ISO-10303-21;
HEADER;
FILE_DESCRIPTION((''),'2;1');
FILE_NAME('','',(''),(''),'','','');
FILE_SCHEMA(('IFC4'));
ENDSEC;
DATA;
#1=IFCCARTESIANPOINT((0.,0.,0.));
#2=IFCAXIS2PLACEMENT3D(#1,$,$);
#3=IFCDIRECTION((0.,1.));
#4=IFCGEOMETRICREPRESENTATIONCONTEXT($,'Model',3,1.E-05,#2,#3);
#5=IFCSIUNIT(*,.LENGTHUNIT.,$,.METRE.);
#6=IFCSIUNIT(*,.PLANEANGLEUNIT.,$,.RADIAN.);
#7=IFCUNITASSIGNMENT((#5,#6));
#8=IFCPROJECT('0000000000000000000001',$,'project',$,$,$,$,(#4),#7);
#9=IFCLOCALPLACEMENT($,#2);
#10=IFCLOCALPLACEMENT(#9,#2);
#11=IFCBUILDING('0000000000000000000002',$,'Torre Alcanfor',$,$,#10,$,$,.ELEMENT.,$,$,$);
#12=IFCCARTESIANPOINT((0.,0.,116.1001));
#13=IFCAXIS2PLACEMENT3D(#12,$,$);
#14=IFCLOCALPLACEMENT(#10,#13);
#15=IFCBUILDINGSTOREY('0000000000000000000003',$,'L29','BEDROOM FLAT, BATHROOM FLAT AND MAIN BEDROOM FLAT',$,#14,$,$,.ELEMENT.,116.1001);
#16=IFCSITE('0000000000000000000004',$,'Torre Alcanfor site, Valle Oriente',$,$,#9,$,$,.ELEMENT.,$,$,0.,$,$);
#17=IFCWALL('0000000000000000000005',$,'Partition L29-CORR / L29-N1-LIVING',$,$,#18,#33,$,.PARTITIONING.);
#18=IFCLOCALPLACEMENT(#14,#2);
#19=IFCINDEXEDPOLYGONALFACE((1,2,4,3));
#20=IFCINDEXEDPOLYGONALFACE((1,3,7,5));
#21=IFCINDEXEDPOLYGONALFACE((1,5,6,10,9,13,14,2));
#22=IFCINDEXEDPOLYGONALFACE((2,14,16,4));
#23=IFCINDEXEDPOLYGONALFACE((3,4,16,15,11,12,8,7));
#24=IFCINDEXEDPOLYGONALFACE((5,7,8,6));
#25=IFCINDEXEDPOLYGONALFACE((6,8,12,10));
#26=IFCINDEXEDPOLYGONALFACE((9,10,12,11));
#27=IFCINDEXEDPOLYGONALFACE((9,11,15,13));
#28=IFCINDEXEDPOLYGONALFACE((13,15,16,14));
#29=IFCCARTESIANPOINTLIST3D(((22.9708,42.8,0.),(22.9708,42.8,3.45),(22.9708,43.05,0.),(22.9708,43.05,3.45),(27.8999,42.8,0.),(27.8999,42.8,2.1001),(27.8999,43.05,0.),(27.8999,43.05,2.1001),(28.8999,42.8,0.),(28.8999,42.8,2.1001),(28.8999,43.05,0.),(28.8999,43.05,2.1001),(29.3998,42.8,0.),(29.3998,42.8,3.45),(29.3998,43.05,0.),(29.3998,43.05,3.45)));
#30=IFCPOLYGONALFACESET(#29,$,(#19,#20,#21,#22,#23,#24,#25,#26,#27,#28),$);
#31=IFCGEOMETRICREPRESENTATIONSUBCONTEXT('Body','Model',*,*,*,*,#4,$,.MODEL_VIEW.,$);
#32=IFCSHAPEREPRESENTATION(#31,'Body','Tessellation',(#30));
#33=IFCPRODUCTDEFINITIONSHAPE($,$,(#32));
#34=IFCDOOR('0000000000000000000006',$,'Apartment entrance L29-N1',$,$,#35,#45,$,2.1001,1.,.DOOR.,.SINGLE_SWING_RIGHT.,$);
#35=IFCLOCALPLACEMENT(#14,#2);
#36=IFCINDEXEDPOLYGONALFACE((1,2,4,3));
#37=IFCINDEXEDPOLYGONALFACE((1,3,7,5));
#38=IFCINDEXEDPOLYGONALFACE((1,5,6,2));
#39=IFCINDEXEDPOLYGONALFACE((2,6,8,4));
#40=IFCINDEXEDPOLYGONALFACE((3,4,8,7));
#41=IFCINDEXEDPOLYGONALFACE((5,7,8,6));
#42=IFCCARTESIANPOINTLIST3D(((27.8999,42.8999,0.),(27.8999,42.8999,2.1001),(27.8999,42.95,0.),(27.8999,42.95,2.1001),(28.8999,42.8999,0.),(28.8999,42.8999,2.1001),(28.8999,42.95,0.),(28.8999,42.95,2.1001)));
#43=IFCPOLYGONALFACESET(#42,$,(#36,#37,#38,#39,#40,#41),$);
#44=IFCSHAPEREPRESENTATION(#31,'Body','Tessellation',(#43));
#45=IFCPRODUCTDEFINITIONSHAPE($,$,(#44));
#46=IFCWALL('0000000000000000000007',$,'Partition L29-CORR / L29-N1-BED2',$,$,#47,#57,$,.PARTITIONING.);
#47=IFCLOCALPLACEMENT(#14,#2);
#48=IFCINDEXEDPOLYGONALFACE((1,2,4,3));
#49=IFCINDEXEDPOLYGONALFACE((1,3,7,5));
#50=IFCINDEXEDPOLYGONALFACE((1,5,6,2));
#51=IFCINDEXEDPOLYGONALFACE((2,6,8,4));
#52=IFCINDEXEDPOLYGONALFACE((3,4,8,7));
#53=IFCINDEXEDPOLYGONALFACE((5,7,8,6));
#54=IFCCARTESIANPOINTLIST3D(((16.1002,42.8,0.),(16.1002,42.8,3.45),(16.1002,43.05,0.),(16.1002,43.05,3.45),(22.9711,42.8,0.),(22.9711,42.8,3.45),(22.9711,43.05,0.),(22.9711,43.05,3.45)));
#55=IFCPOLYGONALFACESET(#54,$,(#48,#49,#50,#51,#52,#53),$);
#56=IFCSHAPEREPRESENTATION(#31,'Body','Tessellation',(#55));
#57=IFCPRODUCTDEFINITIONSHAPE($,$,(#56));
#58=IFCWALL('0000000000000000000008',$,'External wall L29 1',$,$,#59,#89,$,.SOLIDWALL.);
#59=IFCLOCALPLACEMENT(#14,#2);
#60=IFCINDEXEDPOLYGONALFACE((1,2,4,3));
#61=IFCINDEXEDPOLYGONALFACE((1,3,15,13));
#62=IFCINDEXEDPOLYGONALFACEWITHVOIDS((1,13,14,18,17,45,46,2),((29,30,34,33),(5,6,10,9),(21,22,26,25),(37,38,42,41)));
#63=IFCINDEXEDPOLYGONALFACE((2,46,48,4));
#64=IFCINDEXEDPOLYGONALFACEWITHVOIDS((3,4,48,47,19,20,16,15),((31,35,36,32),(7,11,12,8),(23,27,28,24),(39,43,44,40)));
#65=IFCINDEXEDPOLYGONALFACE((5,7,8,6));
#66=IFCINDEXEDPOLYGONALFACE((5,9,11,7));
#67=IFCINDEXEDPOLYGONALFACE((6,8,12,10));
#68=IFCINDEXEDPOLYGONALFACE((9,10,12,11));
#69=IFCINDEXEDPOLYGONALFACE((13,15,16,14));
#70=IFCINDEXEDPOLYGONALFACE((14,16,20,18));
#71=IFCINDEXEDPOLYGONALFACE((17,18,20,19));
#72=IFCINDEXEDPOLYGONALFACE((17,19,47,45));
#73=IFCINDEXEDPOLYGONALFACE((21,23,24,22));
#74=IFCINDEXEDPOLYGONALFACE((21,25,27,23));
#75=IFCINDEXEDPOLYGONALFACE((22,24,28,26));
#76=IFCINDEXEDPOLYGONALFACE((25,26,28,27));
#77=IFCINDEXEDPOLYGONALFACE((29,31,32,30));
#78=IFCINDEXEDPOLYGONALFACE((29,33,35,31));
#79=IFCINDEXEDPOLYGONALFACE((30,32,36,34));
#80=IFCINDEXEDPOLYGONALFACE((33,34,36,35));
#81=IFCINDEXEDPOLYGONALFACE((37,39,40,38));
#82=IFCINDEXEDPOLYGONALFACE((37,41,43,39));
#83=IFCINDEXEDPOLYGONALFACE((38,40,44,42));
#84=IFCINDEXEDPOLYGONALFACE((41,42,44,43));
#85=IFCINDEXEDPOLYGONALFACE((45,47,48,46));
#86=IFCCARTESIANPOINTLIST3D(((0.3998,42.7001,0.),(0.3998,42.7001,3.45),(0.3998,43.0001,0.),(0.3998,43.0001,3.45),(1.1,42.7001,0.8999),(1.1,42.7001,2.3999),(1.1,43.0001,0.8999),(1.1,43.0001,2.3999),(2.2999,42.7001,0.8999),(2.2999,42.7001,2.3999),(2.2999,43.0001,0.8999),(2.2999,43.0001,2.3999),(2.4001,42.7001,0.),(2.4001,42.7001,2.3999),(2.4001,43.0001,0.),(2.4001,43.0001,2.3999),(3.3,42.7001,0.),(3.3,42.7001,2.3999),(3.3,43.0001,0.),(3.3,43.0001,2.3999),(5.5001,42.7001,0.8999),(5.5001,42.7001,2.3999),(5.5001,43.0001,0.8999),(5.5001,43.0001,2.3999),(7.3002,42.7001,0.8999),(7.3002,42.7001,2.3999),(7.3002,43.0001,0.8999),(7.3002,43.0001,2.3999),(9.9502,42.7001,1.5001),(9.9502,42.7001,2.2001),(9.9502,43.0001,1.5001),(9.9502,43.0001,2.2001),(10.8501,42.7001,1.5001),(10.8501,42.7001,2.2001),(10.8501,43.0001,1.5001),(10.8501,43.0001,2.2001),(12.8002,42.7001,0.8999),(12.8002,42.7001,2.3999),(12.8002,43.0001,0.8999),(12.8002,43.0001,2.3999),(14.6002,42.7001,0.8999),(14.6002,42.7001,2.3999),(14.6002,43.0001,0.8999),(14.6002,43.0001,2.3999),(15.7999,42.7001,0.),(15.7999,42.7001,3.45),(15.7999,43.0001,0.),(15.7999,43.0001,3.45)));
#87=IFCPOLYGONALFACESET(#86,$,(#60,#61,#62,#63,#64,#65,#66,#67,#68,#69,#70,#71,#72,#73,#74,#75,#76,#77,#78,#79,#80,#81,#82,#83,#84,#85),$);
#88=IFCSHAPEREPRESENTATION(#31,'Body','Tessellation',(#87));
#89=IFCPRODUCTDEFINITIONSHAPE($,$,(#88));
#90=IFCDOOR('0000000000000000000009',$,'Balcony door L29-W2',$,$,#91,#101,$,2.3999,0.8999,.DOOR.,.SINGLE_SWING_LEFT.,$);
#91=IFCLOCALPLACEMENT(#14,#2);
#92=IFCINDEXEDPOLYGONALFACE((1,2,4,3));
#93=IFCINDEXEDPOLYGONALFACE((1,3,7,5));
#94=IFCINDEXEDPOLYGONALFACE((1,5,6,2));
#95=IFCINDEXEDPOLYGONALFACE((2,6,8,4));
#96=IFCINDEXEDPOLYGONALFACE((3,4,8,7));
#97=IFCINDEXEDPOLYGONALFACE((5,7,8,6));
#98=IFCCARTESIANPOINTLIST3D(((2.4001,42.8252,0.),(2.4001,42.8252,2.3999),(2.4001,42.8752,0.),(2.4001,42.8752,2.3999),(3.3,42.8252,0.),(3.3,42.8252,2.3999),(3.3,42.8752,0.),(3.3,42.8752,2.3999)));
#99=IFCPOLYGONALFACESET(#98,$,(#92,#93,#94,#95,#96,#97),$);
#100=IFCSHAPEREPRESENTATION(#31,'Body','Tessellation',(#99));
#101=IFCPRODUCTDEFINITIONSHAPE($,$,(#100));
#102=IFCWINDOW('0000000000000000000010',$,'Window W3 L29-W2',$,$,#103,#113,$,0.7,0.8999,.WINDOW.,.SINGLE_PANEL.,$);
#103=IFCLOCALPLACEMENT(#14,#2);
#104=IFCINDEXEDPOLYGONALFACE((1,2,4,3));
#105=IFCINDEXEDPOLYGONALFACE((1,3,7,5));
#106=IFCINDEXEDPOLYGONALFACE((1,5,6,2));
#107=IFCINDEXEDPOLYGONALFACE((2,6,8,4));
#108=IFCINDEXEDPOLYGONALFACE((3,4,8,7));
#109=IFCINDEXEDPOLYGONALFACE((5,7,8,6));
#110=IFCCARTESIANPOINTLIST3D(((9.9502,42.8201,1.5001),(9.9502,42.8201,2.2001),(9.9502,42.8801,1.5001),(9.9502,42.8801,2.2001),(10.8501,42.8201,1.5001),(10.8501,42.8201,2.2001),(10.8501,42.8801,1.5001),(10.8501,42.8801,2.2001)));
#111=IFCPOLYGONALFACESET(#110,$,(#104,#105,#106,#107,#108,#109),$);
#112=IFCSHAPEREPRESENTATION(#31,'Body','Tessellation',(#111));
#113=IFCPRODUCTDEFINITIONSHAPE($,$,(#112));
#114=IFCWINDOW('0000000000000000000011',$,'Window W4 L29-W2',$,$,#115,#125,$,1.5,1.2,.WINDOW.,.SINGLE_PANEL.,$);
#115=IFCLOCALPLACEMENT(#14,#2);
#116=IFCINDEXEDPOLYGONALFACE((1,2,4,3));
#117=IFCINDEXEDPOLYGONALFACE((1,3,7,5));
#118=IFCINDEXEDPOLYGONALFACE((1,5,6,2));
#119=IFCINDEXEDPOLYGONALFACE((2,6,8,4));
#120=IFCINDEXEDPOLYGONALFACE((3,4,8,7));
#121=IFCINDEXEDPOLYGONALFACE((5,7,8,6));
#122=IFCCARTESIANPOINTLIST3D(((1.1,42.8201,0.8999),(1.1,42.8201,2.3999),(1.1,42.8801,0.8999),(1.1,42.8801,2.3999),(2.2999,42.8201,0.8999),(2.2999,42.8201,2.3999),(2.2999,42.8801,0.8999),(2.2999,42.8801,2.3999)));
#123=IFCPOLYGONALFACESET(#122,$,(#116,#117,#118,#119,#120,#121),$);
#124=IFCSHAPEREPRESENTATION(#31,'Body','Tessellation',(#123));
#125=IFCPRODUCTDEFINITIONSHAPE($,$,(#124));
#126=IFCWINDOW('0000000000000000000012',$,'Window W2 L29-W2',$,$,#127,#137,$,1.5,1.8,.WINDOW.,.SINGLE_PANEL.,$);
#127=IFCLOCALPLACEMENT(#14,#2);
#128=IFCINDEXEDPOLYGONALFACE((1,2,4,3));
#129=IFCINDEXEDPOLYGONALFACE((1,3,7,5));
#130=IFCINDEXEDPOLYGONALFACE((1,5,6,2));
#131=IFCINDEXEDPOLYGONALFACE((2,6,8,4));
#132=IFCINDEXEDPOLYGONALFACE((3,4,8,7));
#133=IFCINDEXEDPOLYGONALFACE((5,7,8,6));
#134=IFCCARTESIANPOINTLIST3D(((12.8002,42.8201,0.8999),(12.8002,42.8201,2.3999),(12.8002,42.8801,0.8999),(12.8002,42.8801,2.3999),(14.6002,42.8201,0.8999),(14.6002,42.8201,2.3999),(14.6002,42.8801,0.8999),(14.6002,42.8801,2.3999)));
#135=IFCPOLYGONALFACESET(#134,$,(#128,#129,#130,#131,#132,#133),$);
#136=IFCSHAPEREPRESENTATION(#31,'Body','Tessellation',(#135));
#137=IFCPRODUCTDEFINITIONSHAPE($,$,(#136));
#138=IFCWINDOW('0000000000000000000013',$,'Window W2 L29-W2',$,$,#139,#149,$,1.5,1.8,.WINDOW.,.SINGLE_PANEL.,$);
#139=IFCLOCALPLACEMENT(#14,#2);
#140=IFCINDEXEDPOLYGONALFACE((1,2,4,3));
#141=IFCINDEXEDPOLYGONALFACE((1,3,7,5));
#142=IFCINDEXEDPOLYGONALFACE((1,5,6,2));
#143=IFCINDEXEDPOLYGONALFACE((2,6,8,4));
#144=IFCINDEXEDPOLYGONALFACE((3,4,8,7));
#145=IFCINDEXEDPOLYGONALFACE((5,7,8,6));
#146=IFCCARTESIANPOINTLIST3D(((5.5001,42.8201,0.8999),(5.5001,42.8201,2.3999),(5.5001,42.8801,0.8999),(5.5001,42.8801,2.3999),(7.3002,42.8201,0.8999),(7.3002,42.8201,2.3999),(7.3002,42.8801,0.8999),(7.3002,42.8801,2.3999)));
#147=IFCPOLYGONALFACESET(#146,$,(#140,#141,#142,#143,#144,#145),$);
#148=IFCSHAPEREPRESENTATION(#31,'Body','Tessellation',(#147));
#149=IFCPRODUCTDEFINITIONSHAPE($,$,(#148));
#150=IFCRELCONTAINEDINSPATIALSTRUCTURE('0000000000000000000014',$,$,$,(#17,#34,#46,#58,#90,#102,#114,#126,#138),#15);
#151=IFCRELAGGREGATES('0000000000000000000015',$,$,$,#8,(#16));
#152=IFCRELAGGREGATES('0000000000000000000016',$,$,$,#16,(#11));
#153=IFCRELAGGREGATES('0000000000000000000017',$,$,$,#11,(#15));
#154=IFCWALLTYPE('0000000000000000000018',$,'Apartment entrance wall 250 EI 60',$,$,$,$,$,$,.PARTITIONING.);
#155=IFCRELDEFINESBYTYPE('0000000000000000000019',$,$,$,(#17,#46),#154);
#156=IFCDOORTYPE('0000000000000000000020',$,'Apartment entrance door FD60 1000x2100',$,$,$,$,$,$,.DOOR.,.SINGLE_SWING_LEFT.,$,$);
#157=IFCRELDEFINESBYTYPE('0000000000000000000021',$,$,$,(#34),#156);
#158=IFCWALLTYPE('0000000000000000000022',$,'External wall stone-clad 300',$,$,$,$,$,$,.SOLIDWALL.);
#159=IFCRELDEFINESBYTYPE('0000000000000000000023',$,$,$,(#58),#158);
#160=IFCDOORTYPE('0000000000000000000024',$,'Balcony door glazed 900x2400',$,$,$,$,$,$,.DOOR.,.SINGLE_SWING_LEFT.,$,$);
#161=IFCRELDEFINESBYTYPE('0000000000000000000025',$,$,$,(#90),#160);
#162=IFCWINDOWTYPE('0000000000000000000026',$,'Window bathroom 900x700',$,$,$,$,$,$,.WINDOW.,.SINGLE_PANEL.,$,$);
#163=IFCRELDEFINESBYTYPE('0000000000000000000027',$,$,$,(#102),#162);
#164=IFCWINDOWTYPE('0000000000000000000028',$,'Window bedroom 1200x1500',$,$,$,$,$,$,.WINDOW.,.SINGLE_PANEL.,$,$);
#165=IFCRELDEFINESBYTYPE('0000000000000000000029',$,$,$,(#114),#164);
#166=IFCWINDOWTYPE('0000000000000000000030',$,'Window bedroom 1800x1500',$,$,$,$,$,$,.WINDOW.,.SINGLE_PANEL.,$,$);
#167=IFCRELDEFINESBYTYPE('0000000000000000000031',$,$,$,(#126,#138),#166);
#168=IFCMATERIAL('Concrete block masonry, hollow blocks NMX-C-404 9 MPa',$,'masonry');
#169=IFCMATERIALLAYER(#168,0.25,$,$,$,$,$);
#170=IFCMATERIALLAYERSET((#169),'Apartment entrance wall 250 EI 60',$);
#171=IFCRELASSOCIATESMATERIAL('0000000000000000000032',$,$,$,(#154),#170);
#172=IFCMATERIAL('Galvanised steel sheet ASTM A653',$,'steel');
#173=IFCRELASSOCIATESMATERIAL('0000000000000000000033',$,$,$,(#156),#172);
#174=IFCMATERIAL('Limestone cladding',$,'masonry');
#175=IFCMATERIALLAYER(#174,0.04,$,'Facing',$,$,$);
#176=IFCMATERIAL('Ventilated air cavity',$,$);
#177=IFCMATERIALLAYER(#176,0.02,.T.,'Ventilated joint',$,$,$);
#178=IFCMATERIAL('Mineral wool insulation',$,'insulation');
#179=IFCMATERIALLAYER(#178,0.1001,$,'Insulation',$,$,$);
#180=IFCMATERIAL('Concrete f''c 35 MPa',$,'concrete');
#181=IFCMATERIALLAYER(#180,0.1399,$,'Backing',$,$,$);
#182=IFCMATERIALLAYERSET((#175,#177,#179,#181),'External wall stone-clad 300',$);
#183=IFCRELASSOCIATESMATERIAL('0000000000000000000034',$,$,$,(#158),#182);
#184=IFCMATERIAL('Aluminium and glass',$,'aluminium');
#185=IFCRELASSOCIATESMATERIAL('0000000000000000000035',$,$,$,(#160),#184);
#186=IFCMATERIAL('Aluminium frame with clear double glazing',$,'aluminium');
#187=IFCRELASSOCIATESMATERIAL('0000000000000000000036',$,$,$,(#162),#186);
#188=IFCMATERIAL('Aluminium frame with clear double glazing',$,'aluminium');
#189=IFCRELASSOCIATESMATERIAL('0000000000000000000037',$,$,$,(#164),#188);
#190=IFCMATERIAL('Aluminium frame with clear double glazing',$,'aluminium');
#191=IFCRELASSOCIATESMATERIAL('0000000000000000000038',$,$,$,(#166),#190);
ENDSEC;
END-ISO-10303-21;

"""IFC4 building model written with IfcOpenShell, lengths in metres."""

from ifc_helpers import new_model, si_unit, direction, frame, frame_2d, origin, place, context, subcontext, project, spatial, rectangle, extrude, material, layer, layer_set, type_object, element, fill, save


model = new_model("IFC4")

# Units and contexts
model_context = context("Model", 3, precision=1e-05, world=origin(), true_north=direction((0.0, 1.0)))
body_context = subcontext(model_context, "Body", "Model", "MODEL_VIEW")
ifc_project = project(units=[si_unit("LENGTHUNIT", "METRE"), si_unit("PLANEANGLEUNIT", "RADIAN")], contexts=[model_context])

# Site, building, storey
site_placement = place(None, origin())
site = spatial("IfcSite", under=ifc_project, at=site_placement, Name="Torre Alcanfor site, Valle Oriente", CompositionType="ELEMENT", RefElevation=0.0)
building_placement = place(site_placement, origin())
building = spatial("IfcBuilding", under=site, at=building_placement, Name="Torre Alcanfor", CompositionType="ELEMENT")
storey_placement = place(building_placement, frame((0.0, 0.0, 116.1001)))
storey = spatial("IfcBuildingStorey", under=building, at=storey_placement, Name="L29", Description="BEDROOM FLAT, BATHROOM FLAT AND MAIN BEDROOM FLAT", CompositionType="ELEMENT", Elevation=116.1001)

# Wall, opening, door
ifc_material_1 = material(Name="Concrete block masonry, hollow blocks NMX-C-404 9 MPa", Category="masonry")
ifc_layer_1 = layer(ifc_material_1, 0.25)
ifc_layer_set_1 = layer_set([ifc_layer_1], Name="Apartment entrance wall 250 EI 60")
wall_type_1 = type_object("IfcWallType", Name="Apartment entrance wall 250 EI 60", PredefinedType="PARTITIONING", material=ifc_layer_set_1)
wall_1_placement = place(storey_placement, frame((22.9709, 42.925, 0.0), z_axis=(0.0, 0.0, 1.0), x_axis=(1.0, 0.0, 0.0)))
wall_1 = element("IfcWall", 1, at=wall_1_placement, inside=storey, type_object=wall_type_1, Name="Partition L29-CORR / L29-N1-LIVING", PredefinedType="PARTITIONING", context=body_context, shape_type="SweptSolid", body=[
    extrude(rectangle(XDim=6.429, YDim=0.25, at=frame_2d((3.2144, 0.0))), origin(), (0.0, 0.0, 1.0), 3.45),
])
opening_1_placement = place(wall_1_placement, frame((4.929, 0.0, 0.0)))
opening_1 = element("IfcOpeningElement", 2, at=opening_1_placement, cuts=wall_1, PredefinedType="OPENING", context=body_context, shape_type="SweptSolid", body=[
    extrude(rectangle(XDim=1.0, YDim=2.1001, at=frame_2d((0.5, 1.05))), frame((0.0, 0.135, 0.0), z_axis=(0.0, -1.0, 0.0), x_axis=(1.0, 0.0, 0.0)), (0.0, 0.0, 1.0), 0.27),
])
ifc_material_2 = material(Name="Galvanised steel sheet ASTM A653", Category="steel")
door_type_1 = type_object("IfcDoorType", Name="Apartment entrance door FD60 1000x2100", OperationType="SINGLE_SWING_LEFT", PredefinedType="DOOR", material=ifc_material_2)
door_1_placement = place(opening_1_placement, origin())
door_1 = element("IfcDoor", 3, at=door_1_placement, inside=storey, type_object=door_type_1, Name="Apartment entrance L29-N1", OperationType="SINGLE_SWING_RIGHT", OverallHeight=2.1001, OverallWidth=1.0, PredefinedType="DOOR", context=body_context, shape_type="SweptSolid", body=[
    extrude(rectangle(XDim=1.0, YDim=2.1001, at=frame_2d((0.5, 1.05))), frame((0.0, 0.0249, 0.0), z_axis=(0.0, -1.0, 0.0), x_axis=(1.0, 0.0, 0.0)), (0.0, 0.0, 1.0), 0.05),
])
fill(opening_1, door_1)

# Wall
wall_2_placement = place(storey_placement, frame((16.1001, 42.925, 0.0), z_axis=(0.0, 0.0, 1.0), x_axis=(1.0, 0.0, 0.0)))
element("IfcWall", 4, at=wall_2_placement, inside=storey, type_object=wall_type_1, Name="Partition L29-CORR / L29-N1-BED2", PredefinedType="PARTITIONING", context=body_context, shape_type="SweptSolid", body=[
    extrude(rectangle(XDim=6.8708, YDim=0.25, at=frame_2d((3.4355, 0.0))), origin(), (0.0, 0.0, 1.0), 3.45),
])

# Wall, openings, door, windows
ifc_material_3 = material(Name="Limestone cladding", Category="masonry")
ifc_layer_2 = layer(ifc_material_3, 0.04, Name="Facing")
ifc_material_4 = material(Name="Ventilated air cavity")
ifc_layer_3 = layer(ifc_material_4, 0.02, ventilated=True, Name="Ventilated joint")
ifc_material_5 = material(Name="Mineral wool insulation", Category="insulation")
ifc_layer_4 = layer(ifc_material_5, 0.1001, Name="Insulation")
ifc_material_6 = material(Name="Concrete f'c 35 MPa", Category="concrete")
ifc_layer_5 = layer(ifc_material_6, 0.1399, Name="Backing")
ifc_layer_set_2 = layer_set([ifc_layer_2, ifc_layer_3, ifc_layer_4, ifc_layer_5], Name="External wall stone-clad 300")
wall_type_2 = type_object("IfcWallType", Name="External wall stone-clad 300", PredefinedType="SOLIDWALL", material=ifc_layer_set_2)
wall_3_placement = place(storey_placement, frame((15.8, 42.8501, 0.0), z_axis=(0.0, 0.0, 1.0), x_axis=(-1.0, 0.0, 0.0)))
wall_3 = element("IfcWall", 5, at=wall_3_placement, inside=storey, type_object=wall_type_2, Name="External wall L29 1", PredefinedType="SOLIDWALL", context=body_context, shape_type="SweptSolid", body=[
    extrude(rectangle(XDim=15.4001, YDim=0.3, at=frame_2d((7.7002, 0.0))), origin(), (0.0, 0.0, 1.0), 3.45),
])
opening_2_placement = place(wall_3_placement, frame((1.2, 0.0, 0.8999)))
opening_2 = element("IfcOpeningElement", 6, at=opening_2_placement, cuts=wall_3, PredefinedType="OPENING", context=body_context, shape_type="SweptSolid", body=[
    extrude(rectangle(XDim=1.8, YDim=1.5, at=frame_2d((0.8999, 0.75))), frame((0.0, 0.1599, 0.0), z_axis=(0.0, -1.0, 0.0), x_axis=(1.0, 0.0, 0.0)), (0.0, 0.0, 1.0), 0.3201),
])
opening_3_placement = place(wall_3_placement, frame((4.95, 0.0, 1.5)))
opening_3 = element("IfcOpeningElement", 7, at=opening_3_placement, cuts=wall_3, PredefinedType="OPENING", context=body_context, shape_type="SweptSolid", body=[
    extrude(rectangle(XDim=0.8999, YDim=0.7, at=frame_2d((0.45, 0.3501))), frame((0.0, 0.1599, 0.0), z_axis=(0.0, -1.0, 0.0), x_axis=(1.0, 0.0, 0.0)), (0.0, 0.0, 1.0), 0.3201),
])
opening_4_placement = place(wall_3_placement, frame((8.5, 0.0, 0.8999)))
opening_4 = element("IfcOpeningElement", 8, at=opening_4_placement, cuts=wall_3, PredefinedType="OPENING", context=body_context, shape_type="SweptSolid", body=[
    extrude(rectangle(XDim=1.8, YDim=1.5, at=frame_2d((0.8999, 0.75))), frame((0.0, 0.1599, 0.0), z_axis=(0.0, -1.0, 0.0), x_axis=(1.0, 0.0, 0.0)), (0.0, 0.0, 1.0), 0.3201),
])
opening_5_placement = place(wall_3_placement, frame((12.5, 0.0, 0.0)))
opening_5 = element("IfcOpeningElement", 9, at=opening_5_placement, cuts=wall_3, PredefinedType="OPENING", context=body_context, shape_type="SweptSolid", body=[
    extrude(rectangle(XDim=0.8999, YDim=2.3999, at=frame_2d((0.45, 1.2))), frame((0.0, 0.1599, 0.0), z_axis=(0.0, -1.0, 0.0), x_axis=(1.0, 0.0, 0.0)), (0.0, 0.0, 1.0), 0.3201),
])
opening_6_placement = place(wall_3_placement, frame((13.5, 0.0, 0.8999)))
opening_6 = element("IfcOpeningElement", 10, at=opening_6_placement, cuts=wall_3, PredefinedType="OPENING", context=body_context, shape_type="SweptSolid", body=[
    extrude(rectangle(XDim=1.2, YDim=1.5, at=frame_2d((0.6001, 0.75))), frame((0.0, 0.1599, 0.0), z_axis=(0.0, -1.0, 0.0), x_axis=(1.0, 0.0, 0.0)), (0.0, 0.0, 1.0), 0.3201),
])
ifc_material_7 = material(Name="Aluminium and glass", Category="aluminium")
door_type_2 = type_object("IfcDoorType", Name="Balcony door glazed 900x2400", OperationType="SINGLE_SWING_LEFT", PredefinedType="DOOR", material=ifc_material_7)
door_2_placement = place(opening_5_placement, origin())
door_2 = element("IfcDoor", 11, at=door_2_placement, inside=storey, type_object=door_type_2, Name="Balcony door L29-W2", OperationType="SINGLE_SWING_LEFT", OverallHeight=2.3999, OverallWidth=0.8999, PredefinedType="DOOR", context=body_context, shape_type="SweptSolid", body=[
    extrude(rectangle(XDim=0.8999, YDim=2.3999, at=frame_2d((0.45, 1.2))), frame((0.0, 0.0249, 0.0), z_axis=(0.0, -1.0, 0.0), x_axis=(1.0, 0.0, 0.0)), (0.0, 0.0, 1.0), 0.05),
])
fill(opening_5, door_2)
ifc_material_8 = material(Name="Aluminium frame with clear double glazing", Category="aluminium")
window_type_1 = type_object("IfcWindowType", Name="Window bathroom 900x700", PartitioningType="SINGLE_PANEL", PredefinedType="WINDOW", material=ifc_material_8)
window_1_placement = place(opening_3_placement, origin())
window_1 = element("IfcWindow", 12, at=window_1_placement, inside=storey, type_object=window_type_1, Name="Window W3 L29-W2", OverallHeight=0.7, OverallWidth=0.8999, PartitioningType="SINGLE_PANEL", PredefinedType="WINDOW", context=body_context, shape_type="SweptSolid", body=[
    extrude(rectangle(XDim=0.8999, YDim=0.7, at=frame_2d((0.45, 0.3501))), frame((0.0, 0.03, 0.0), z_axis=(0.0, -1.0, 0.0), x_axis=(1.0, 0.0, 0.0)), (0.0, 0.0, 1.0), 0.0601),
])
fill(opening_3, window_1)
ifc_material_9 = material(Name="Aluminium frame with clear double glazing", Category="aluminium")
window_type_2 = type_object("IfcWindowType", Name="Window bedroom 1200x1500", PartitioningType="SINGLE_PANEL", PredefinedType="WINDOW", material=ifc_material_9)
window_2_placement = place(opening_6_placement, origin())
window_2 = element("IfcWindow", 13, at=window_2_placement, inside=storey, type_object=window_type_2, Name="Window W4 L29-W2", OverallHeight=1.5, OverallWidth=1.2, PartitioningType="SINGLE_PANEL", PredefinedType="WINDOW", context=body_context, shape_type="SweptSolid", body=[
    extrude(rectangle(XDim=1.2, YDim=1.5, at=frame_2d((0.6001, 0.75))), frame((0.0, 0.03, 0.0), z_axis=(0.0, -1.0, 0.0), x_axis=(1.0, 0.0, 0.0)), (0.0, 0.0, 1.0), 0.0601),
])
fill(opening_6, window_2)
ifc_material_10 = material(Name="Aluminium frame with clear double glazing", Category="aluminium")
window_type_3 = type_object("IfcWindowType", Name="Window bedroom 1800x1500", PartitioningType="SINGLE_PANEL", PredefinedType="WINDOW", material=ifc_material_10)
window_3_placement = place(opening_2_placement, origin())
window_3 = element("IfcWindow", 14, at=window_3_placement, inside=storey, type_object=window_type_3, Name="Window W2 L29-W2", OverallHeight=1.5, OverallWidth=1.8, PartitioningType="SINGLE_PANEL", PredefinedType="WINDOW", context=body_context, shape_type="SweptSolid", body=[
    extrude(rectangle(XDim=1.8, YDim=1.5, at=frame_2d((0.8999, 0.75))), frame((0.0, 0.03, 0.0), z_axis=(0.0, -1.0, 0.0), x_axis=(1.0, 0.0, 0.0)), (0.0, 0.0, 1.0), 0.0601),
])
fill(opening_2, window_3)
window_4_placement = place(opening_4_placement, origin())
window_4 = element("IfcWindow", 15, at=window_4_placement, inside=storey, type_object=window_type_3, Name="Window W2 L29-W2", OverallHeight=1.5, OverallWidth=1.8, PartitioningType="SINGLE_PANEL", PredefinedType="WINDOW", context=body_context, shape_type="SweptSolid", body=[
    extrude(rectangle(XDim=1.8, YDim=1.5, at=frame_2d((0.8999, 0.75))), frame((0.0, 0.03, 0.0), z_axis=(0.0, -1.0, 0.0), x_axis=(1.0, 0.0, 0.0)), (0.0, 0.0, 1.0), 0.0601),
])
fill(opening_4, window_4)

save(model, "model.ifc")
